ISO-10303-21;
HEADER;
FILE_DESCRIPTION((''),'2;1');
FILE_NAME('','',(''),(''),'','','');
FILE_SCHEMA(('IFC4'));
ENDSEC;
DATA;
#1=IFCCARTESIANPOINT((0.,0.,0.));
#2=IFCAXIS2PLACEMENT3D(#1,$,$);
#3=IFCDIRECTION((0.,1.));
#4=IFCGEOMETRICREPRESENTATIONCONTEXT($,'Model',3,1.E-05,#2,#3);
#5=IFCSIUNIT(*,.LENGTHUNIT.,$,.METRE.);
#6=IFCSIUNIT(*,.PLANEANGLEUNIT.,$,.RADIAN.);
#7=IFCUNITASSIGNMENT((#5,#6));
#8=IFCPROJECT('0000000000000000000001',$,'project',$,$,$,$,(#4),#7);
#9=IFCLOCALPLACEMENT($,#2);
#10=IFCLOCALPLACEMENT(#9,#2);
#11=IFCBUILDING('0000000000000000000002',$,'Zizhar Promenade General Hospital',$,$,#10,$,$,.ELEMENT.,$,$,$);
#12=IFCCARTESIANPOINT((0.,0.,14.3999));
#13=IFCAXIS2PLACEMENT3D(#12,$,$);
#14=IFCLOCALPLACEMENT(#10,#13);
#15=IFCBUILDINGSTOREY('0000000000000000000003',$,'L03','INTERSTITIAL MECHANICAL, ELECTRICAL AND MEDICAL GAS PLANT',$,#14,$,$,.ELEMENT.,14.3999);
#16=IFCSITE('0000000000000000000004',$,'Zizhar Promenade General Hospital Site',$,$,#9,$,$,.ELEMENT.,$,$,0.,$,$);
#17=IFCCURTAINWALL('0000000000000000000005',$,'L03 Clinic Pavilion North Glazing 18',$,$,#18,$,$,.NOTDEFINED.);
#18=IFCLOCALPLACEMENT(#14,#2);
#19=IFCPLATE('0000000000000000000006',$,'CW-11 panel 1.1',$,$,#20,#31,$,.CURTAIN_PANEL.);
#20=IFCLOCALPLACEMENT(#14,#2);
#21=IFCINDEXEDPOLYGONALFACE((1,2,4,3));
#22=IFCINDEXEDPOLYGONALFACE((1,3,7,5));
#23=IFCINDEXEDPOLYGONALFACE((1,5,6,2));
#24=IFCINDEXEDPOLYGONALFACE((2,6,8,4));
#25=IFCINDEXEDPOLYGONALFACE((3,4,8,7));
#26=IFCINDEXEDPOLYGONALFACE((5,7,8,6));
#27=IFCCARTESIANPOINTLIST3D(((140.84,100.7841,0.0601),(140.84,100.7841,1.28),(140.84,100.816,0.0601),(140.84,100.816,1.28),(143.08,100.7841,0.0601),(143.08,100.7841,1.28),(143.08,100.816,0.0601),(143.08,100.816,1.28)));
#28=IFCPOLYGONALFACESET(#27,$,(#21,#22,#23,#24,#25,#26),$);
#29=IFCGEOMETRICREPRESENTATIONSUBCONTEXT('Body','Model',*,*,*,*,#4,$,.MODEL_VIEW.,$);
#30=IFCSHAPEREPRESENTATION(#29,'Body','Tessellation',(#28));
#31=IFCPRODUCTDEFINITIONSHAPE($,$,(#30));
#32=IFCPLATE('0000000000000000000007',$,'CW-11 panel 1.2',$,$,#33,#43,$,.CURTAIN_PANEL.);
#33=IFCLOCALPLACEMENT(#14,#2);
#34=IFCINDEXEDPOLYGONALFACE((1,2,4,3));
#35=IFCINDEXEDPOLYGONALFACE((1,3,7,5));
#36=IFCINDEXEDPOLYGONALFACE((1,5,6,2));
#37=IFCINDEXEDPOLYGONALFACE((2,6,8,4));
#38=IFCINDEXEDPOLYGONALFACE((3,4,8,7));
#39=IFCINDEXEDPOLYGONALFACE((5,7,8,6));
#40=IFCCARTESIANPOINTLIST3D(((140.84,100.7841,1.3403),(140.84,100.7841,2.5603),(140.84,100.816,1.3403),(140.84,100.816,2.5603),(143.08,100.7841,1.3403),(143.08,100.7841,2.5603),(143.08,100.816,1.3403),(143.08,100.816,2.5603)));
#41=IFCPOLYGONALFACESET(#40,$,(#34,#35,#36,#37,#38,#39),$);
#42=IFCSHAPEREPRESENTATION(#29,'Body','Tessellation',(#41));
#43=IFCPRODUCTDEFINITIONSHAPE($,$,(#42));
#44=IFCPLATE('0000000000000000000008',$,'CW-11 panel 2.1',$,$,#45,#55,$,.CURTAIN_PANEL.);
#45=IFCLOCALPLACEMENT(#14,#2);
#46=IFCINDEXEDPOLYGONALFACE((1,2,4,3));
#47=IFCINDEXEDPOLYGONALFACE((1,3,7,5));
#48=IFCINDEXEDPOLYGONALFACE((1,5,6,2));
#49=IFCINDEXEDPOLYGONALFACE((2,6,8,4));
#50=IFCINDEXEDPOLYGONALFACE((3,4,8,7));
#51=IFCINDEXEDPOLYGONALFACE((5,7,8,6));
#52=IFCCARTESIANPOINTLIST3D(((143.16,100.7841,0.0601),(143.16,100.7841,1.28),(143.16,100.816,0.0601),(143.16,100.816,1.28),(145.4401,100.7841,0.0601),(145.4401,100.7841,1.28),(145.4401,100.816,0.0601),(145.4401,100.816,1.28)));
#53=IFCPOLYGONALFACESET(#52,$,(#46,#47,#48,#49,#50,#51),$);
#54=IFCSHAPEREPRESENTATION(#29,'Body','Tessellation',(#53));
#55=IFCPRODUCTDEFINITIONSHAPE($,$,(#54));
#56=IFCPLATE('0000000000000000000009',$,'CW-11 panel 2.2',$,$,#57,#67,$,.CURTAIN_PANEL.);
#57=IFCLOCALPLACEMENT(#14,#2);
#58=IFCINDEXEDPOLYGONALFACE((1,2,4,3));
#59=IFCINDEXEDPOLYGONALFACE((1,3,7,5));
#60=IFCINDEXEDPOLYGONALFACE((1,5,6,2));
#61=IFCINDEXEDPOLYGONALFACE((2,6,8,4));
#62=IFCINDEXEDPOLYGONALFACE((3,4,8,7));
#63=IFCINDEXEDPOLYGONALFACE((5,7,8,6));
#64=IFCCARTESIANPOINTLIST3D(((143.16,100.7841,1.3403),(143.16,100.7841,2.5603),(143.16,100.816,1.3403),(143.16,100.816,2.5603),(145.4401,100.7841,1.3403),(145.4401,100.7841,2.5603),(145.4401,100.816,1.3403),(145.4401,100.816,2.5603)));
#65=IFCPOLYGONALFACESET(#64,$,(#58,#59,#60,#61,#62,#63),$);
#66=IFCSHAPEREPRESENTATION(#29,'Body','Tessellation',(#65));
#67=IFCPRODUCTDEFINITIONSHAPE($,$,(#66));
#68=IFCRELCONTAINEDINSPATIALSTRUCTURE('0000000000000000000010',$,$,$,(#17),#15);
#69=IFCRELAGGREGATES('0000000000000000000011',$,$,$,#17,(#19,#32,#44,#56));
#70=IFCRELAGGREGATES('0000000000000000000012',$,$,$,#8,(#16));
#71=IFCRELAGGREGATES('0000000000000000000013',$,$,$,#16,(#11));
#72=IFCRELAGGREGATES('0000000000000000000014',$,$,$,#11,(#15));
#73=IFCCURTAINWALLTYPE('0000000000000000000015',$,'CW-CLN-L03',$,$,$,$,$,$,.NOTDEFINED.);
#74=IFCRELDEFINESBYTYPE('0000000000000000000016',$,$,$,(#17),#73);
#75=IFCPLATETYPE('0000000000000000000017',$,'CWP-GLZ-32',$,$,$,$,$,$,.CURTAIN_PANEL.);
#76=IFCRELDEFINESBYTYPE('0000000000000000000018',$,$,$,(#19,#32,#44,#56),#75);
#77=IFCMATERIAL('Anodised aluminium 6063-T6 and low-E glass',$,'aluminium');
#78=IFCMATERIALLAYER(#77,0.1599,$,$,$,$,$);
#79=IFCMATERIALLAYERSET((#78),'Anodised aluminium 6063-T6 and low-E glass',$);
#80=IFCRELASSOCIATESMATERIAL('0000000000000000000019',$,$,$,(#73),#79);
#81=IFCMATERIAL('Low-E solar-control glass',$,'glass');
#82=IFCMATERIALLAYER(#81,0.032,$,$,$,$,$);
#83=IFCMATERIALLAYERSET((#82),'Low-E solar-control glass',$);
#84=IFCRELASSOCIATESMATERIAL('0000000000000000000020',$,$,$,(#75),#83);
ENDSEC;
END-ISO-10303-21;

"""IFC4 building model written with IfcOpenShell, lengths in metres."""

from ifc_helpers import new_model, si_unit, direction, frame, origin, origin_2d, place, context, subcontext, project, spatial, rectangle, extrude, material, layer, layer_set, type_object, element, aggregate, save


model = new_model("IFC4")

# Units and contexts
model_context = context("Model", 3, precision=1e-05, world=origin(), true_north=direction((0.0, 1.0)))
body_context = subcontext(model_context, "Body", "Model", "MODEL_VIEW")
ifc_project = project(units=[si_unit("LENGTHUNIT", "METRE"), si_unit("PLANEANGLEUNIT", "RADIAN")], contexts=[model_context])

# Site, building, storey
site_placement = place(None, origin())
site = spatial("IfcSite", under=ifc_project, at=site_placement, Name="Zizhar Promenade General Hospital Site", CompositionType="ELEMENT", RefElevation=0.0)
building_placement = place(site_placement, origin())
building = spatial("IfcBuilding", under=site, at=building_placement, Name="Zizhar Promenade General Hospital", CompositionType="ELEMENT")
storey_placement = place(building_placement, frame((0.0, 0.0, 14.3999)))
storey = spatial("IfcBuildingStorey", under=building, at=storey_placement, Name="L03", Description="INTERSTITIAL MECHANICAL, ELECTRICAL AND MEDICAL GAS PLANT", CompositionType="ELEMENT", Elevation=14.3999)

# Curtain wall, plates
ifc_material_1 = material(Name="Anodised aluminium 6063-T6 and low-E glass", Category="aluminium")
ifc_layer_1 = layer(ifc_material_1, 0.1599)
ifc_layer_set_1 = layer_set([ifc_layer_1], Name="Anodised aluminium 6063-T6 and low-E glass")
curtain_wall_type = type_object("IfcCurtainWallType", Name="CW-CLN-L03", PredefinedType="NOTDEFINED", material=ifc_layer_set_1)
curtain_wall_placement = place(storey_placement, origin())
curtain_wall = element("IfcCurtainWall", 1, at=curtain_wall_placement, inside=storey, type_object=curtain_wall_type, Name="L03 Clinic Pavilion North Glazing 18", PredefinedType="NOTDEFINED")
ifc_material_2 = material(Name="Low-E solar-control glass", Category="glass")
ifc_layer_2 = layer(ifc_material_2, 0.032)
ifc_layer_set_2 = layer_set([ifc_layer_2], Name="Low-E solar-control glass")
plate_type = type_object("IfcPlateType", Name="CWP-GLZ-32", PredefinedType="CURTAIN_PANEL", material=ifc_layer_set_2)
plate_1_placement = place(storey_placement, frame((141.96, 100.8, 0.0601), z_axis=(0.0, 0.0, 1.0), x_axis=(1.0, 0.0, 0.0)))
plate_1 = element("IfcPlate", 2, at=plate_1_placement, type_object=plate_type, Name="CW-11 panel 1.1", PredefinedType="CURTAIN_PANEL", context=body_context, shape_type="SweptSolid", body=[
    extrude(rectangle(XDim=2.24, YDim=0.032, at=origin_2d()), origin(), (0.0, 0.0, 1.0), 1.22),
])
plate_2_placement = place(storey_placement, frame((141.96, 100.8, 1.3403), z_axis=(0.0, 0.0, 1.0), x_axis=(1.0, 0.0, 0.0)))
plate_2 = element("IfcPlate", 3, at=plate_2_placement, type_object=plate_type, Name="CW-11 panel 1.2", PredefinedType="CURTAIN_PANEL", context=body_context, shape_type="SweptSolid", body=[
    extrude(rectangle(XDim=2.24, YDim=0.032, at=origin_2d()), origin(), (0.0, 0.0, 1.0), 1.22),
])
plate_3_placement = place(storey_placement, frame((144.3, 100.8, 0.0601), z_axis=(0.0, 0.0, 1.0), x_axis=(1.0, 0.0, 0.0)))
plate_3 = element("IfcPlate", 4, at=plate_3_placement, type_object=plate_type, Name="CW-11 panel 2.1", PredefinedType="CURTAIN_PANEL", context=body_context, shape_type="SweptSolid", body=[
    extrude(rectangle(XDim=2.28, YDim=0.032, at=origin_2d()), origin(), (0.0, 0.0, 1.0), 1.22),
])
plate_4_placement = place(storey_placement, frame((144.3, 100.8, 1.3403), z_axis=(0.0, 0.0, 1.0), x_axis=(1.0, 0.0, 0.0)))
plate_4 = element("IfcPlate", 5, at=plate_4_placement, type_object=plate_type, Name="CW-11 panel 2.2", PredefinedType="CURTAIN_PANEL", context=body_context, shape_type="SweptSolid", body=[
    extrude(rectangle(XDim=2.28, YDim=0.032, at=origin_2d()), origin(), (0.0, 0.0, 1.0), 1.22),
])
aggregate(curtain_wall, [plate_1, plate_2, plate_3, plate_4])

save(model, "model.ifc")
